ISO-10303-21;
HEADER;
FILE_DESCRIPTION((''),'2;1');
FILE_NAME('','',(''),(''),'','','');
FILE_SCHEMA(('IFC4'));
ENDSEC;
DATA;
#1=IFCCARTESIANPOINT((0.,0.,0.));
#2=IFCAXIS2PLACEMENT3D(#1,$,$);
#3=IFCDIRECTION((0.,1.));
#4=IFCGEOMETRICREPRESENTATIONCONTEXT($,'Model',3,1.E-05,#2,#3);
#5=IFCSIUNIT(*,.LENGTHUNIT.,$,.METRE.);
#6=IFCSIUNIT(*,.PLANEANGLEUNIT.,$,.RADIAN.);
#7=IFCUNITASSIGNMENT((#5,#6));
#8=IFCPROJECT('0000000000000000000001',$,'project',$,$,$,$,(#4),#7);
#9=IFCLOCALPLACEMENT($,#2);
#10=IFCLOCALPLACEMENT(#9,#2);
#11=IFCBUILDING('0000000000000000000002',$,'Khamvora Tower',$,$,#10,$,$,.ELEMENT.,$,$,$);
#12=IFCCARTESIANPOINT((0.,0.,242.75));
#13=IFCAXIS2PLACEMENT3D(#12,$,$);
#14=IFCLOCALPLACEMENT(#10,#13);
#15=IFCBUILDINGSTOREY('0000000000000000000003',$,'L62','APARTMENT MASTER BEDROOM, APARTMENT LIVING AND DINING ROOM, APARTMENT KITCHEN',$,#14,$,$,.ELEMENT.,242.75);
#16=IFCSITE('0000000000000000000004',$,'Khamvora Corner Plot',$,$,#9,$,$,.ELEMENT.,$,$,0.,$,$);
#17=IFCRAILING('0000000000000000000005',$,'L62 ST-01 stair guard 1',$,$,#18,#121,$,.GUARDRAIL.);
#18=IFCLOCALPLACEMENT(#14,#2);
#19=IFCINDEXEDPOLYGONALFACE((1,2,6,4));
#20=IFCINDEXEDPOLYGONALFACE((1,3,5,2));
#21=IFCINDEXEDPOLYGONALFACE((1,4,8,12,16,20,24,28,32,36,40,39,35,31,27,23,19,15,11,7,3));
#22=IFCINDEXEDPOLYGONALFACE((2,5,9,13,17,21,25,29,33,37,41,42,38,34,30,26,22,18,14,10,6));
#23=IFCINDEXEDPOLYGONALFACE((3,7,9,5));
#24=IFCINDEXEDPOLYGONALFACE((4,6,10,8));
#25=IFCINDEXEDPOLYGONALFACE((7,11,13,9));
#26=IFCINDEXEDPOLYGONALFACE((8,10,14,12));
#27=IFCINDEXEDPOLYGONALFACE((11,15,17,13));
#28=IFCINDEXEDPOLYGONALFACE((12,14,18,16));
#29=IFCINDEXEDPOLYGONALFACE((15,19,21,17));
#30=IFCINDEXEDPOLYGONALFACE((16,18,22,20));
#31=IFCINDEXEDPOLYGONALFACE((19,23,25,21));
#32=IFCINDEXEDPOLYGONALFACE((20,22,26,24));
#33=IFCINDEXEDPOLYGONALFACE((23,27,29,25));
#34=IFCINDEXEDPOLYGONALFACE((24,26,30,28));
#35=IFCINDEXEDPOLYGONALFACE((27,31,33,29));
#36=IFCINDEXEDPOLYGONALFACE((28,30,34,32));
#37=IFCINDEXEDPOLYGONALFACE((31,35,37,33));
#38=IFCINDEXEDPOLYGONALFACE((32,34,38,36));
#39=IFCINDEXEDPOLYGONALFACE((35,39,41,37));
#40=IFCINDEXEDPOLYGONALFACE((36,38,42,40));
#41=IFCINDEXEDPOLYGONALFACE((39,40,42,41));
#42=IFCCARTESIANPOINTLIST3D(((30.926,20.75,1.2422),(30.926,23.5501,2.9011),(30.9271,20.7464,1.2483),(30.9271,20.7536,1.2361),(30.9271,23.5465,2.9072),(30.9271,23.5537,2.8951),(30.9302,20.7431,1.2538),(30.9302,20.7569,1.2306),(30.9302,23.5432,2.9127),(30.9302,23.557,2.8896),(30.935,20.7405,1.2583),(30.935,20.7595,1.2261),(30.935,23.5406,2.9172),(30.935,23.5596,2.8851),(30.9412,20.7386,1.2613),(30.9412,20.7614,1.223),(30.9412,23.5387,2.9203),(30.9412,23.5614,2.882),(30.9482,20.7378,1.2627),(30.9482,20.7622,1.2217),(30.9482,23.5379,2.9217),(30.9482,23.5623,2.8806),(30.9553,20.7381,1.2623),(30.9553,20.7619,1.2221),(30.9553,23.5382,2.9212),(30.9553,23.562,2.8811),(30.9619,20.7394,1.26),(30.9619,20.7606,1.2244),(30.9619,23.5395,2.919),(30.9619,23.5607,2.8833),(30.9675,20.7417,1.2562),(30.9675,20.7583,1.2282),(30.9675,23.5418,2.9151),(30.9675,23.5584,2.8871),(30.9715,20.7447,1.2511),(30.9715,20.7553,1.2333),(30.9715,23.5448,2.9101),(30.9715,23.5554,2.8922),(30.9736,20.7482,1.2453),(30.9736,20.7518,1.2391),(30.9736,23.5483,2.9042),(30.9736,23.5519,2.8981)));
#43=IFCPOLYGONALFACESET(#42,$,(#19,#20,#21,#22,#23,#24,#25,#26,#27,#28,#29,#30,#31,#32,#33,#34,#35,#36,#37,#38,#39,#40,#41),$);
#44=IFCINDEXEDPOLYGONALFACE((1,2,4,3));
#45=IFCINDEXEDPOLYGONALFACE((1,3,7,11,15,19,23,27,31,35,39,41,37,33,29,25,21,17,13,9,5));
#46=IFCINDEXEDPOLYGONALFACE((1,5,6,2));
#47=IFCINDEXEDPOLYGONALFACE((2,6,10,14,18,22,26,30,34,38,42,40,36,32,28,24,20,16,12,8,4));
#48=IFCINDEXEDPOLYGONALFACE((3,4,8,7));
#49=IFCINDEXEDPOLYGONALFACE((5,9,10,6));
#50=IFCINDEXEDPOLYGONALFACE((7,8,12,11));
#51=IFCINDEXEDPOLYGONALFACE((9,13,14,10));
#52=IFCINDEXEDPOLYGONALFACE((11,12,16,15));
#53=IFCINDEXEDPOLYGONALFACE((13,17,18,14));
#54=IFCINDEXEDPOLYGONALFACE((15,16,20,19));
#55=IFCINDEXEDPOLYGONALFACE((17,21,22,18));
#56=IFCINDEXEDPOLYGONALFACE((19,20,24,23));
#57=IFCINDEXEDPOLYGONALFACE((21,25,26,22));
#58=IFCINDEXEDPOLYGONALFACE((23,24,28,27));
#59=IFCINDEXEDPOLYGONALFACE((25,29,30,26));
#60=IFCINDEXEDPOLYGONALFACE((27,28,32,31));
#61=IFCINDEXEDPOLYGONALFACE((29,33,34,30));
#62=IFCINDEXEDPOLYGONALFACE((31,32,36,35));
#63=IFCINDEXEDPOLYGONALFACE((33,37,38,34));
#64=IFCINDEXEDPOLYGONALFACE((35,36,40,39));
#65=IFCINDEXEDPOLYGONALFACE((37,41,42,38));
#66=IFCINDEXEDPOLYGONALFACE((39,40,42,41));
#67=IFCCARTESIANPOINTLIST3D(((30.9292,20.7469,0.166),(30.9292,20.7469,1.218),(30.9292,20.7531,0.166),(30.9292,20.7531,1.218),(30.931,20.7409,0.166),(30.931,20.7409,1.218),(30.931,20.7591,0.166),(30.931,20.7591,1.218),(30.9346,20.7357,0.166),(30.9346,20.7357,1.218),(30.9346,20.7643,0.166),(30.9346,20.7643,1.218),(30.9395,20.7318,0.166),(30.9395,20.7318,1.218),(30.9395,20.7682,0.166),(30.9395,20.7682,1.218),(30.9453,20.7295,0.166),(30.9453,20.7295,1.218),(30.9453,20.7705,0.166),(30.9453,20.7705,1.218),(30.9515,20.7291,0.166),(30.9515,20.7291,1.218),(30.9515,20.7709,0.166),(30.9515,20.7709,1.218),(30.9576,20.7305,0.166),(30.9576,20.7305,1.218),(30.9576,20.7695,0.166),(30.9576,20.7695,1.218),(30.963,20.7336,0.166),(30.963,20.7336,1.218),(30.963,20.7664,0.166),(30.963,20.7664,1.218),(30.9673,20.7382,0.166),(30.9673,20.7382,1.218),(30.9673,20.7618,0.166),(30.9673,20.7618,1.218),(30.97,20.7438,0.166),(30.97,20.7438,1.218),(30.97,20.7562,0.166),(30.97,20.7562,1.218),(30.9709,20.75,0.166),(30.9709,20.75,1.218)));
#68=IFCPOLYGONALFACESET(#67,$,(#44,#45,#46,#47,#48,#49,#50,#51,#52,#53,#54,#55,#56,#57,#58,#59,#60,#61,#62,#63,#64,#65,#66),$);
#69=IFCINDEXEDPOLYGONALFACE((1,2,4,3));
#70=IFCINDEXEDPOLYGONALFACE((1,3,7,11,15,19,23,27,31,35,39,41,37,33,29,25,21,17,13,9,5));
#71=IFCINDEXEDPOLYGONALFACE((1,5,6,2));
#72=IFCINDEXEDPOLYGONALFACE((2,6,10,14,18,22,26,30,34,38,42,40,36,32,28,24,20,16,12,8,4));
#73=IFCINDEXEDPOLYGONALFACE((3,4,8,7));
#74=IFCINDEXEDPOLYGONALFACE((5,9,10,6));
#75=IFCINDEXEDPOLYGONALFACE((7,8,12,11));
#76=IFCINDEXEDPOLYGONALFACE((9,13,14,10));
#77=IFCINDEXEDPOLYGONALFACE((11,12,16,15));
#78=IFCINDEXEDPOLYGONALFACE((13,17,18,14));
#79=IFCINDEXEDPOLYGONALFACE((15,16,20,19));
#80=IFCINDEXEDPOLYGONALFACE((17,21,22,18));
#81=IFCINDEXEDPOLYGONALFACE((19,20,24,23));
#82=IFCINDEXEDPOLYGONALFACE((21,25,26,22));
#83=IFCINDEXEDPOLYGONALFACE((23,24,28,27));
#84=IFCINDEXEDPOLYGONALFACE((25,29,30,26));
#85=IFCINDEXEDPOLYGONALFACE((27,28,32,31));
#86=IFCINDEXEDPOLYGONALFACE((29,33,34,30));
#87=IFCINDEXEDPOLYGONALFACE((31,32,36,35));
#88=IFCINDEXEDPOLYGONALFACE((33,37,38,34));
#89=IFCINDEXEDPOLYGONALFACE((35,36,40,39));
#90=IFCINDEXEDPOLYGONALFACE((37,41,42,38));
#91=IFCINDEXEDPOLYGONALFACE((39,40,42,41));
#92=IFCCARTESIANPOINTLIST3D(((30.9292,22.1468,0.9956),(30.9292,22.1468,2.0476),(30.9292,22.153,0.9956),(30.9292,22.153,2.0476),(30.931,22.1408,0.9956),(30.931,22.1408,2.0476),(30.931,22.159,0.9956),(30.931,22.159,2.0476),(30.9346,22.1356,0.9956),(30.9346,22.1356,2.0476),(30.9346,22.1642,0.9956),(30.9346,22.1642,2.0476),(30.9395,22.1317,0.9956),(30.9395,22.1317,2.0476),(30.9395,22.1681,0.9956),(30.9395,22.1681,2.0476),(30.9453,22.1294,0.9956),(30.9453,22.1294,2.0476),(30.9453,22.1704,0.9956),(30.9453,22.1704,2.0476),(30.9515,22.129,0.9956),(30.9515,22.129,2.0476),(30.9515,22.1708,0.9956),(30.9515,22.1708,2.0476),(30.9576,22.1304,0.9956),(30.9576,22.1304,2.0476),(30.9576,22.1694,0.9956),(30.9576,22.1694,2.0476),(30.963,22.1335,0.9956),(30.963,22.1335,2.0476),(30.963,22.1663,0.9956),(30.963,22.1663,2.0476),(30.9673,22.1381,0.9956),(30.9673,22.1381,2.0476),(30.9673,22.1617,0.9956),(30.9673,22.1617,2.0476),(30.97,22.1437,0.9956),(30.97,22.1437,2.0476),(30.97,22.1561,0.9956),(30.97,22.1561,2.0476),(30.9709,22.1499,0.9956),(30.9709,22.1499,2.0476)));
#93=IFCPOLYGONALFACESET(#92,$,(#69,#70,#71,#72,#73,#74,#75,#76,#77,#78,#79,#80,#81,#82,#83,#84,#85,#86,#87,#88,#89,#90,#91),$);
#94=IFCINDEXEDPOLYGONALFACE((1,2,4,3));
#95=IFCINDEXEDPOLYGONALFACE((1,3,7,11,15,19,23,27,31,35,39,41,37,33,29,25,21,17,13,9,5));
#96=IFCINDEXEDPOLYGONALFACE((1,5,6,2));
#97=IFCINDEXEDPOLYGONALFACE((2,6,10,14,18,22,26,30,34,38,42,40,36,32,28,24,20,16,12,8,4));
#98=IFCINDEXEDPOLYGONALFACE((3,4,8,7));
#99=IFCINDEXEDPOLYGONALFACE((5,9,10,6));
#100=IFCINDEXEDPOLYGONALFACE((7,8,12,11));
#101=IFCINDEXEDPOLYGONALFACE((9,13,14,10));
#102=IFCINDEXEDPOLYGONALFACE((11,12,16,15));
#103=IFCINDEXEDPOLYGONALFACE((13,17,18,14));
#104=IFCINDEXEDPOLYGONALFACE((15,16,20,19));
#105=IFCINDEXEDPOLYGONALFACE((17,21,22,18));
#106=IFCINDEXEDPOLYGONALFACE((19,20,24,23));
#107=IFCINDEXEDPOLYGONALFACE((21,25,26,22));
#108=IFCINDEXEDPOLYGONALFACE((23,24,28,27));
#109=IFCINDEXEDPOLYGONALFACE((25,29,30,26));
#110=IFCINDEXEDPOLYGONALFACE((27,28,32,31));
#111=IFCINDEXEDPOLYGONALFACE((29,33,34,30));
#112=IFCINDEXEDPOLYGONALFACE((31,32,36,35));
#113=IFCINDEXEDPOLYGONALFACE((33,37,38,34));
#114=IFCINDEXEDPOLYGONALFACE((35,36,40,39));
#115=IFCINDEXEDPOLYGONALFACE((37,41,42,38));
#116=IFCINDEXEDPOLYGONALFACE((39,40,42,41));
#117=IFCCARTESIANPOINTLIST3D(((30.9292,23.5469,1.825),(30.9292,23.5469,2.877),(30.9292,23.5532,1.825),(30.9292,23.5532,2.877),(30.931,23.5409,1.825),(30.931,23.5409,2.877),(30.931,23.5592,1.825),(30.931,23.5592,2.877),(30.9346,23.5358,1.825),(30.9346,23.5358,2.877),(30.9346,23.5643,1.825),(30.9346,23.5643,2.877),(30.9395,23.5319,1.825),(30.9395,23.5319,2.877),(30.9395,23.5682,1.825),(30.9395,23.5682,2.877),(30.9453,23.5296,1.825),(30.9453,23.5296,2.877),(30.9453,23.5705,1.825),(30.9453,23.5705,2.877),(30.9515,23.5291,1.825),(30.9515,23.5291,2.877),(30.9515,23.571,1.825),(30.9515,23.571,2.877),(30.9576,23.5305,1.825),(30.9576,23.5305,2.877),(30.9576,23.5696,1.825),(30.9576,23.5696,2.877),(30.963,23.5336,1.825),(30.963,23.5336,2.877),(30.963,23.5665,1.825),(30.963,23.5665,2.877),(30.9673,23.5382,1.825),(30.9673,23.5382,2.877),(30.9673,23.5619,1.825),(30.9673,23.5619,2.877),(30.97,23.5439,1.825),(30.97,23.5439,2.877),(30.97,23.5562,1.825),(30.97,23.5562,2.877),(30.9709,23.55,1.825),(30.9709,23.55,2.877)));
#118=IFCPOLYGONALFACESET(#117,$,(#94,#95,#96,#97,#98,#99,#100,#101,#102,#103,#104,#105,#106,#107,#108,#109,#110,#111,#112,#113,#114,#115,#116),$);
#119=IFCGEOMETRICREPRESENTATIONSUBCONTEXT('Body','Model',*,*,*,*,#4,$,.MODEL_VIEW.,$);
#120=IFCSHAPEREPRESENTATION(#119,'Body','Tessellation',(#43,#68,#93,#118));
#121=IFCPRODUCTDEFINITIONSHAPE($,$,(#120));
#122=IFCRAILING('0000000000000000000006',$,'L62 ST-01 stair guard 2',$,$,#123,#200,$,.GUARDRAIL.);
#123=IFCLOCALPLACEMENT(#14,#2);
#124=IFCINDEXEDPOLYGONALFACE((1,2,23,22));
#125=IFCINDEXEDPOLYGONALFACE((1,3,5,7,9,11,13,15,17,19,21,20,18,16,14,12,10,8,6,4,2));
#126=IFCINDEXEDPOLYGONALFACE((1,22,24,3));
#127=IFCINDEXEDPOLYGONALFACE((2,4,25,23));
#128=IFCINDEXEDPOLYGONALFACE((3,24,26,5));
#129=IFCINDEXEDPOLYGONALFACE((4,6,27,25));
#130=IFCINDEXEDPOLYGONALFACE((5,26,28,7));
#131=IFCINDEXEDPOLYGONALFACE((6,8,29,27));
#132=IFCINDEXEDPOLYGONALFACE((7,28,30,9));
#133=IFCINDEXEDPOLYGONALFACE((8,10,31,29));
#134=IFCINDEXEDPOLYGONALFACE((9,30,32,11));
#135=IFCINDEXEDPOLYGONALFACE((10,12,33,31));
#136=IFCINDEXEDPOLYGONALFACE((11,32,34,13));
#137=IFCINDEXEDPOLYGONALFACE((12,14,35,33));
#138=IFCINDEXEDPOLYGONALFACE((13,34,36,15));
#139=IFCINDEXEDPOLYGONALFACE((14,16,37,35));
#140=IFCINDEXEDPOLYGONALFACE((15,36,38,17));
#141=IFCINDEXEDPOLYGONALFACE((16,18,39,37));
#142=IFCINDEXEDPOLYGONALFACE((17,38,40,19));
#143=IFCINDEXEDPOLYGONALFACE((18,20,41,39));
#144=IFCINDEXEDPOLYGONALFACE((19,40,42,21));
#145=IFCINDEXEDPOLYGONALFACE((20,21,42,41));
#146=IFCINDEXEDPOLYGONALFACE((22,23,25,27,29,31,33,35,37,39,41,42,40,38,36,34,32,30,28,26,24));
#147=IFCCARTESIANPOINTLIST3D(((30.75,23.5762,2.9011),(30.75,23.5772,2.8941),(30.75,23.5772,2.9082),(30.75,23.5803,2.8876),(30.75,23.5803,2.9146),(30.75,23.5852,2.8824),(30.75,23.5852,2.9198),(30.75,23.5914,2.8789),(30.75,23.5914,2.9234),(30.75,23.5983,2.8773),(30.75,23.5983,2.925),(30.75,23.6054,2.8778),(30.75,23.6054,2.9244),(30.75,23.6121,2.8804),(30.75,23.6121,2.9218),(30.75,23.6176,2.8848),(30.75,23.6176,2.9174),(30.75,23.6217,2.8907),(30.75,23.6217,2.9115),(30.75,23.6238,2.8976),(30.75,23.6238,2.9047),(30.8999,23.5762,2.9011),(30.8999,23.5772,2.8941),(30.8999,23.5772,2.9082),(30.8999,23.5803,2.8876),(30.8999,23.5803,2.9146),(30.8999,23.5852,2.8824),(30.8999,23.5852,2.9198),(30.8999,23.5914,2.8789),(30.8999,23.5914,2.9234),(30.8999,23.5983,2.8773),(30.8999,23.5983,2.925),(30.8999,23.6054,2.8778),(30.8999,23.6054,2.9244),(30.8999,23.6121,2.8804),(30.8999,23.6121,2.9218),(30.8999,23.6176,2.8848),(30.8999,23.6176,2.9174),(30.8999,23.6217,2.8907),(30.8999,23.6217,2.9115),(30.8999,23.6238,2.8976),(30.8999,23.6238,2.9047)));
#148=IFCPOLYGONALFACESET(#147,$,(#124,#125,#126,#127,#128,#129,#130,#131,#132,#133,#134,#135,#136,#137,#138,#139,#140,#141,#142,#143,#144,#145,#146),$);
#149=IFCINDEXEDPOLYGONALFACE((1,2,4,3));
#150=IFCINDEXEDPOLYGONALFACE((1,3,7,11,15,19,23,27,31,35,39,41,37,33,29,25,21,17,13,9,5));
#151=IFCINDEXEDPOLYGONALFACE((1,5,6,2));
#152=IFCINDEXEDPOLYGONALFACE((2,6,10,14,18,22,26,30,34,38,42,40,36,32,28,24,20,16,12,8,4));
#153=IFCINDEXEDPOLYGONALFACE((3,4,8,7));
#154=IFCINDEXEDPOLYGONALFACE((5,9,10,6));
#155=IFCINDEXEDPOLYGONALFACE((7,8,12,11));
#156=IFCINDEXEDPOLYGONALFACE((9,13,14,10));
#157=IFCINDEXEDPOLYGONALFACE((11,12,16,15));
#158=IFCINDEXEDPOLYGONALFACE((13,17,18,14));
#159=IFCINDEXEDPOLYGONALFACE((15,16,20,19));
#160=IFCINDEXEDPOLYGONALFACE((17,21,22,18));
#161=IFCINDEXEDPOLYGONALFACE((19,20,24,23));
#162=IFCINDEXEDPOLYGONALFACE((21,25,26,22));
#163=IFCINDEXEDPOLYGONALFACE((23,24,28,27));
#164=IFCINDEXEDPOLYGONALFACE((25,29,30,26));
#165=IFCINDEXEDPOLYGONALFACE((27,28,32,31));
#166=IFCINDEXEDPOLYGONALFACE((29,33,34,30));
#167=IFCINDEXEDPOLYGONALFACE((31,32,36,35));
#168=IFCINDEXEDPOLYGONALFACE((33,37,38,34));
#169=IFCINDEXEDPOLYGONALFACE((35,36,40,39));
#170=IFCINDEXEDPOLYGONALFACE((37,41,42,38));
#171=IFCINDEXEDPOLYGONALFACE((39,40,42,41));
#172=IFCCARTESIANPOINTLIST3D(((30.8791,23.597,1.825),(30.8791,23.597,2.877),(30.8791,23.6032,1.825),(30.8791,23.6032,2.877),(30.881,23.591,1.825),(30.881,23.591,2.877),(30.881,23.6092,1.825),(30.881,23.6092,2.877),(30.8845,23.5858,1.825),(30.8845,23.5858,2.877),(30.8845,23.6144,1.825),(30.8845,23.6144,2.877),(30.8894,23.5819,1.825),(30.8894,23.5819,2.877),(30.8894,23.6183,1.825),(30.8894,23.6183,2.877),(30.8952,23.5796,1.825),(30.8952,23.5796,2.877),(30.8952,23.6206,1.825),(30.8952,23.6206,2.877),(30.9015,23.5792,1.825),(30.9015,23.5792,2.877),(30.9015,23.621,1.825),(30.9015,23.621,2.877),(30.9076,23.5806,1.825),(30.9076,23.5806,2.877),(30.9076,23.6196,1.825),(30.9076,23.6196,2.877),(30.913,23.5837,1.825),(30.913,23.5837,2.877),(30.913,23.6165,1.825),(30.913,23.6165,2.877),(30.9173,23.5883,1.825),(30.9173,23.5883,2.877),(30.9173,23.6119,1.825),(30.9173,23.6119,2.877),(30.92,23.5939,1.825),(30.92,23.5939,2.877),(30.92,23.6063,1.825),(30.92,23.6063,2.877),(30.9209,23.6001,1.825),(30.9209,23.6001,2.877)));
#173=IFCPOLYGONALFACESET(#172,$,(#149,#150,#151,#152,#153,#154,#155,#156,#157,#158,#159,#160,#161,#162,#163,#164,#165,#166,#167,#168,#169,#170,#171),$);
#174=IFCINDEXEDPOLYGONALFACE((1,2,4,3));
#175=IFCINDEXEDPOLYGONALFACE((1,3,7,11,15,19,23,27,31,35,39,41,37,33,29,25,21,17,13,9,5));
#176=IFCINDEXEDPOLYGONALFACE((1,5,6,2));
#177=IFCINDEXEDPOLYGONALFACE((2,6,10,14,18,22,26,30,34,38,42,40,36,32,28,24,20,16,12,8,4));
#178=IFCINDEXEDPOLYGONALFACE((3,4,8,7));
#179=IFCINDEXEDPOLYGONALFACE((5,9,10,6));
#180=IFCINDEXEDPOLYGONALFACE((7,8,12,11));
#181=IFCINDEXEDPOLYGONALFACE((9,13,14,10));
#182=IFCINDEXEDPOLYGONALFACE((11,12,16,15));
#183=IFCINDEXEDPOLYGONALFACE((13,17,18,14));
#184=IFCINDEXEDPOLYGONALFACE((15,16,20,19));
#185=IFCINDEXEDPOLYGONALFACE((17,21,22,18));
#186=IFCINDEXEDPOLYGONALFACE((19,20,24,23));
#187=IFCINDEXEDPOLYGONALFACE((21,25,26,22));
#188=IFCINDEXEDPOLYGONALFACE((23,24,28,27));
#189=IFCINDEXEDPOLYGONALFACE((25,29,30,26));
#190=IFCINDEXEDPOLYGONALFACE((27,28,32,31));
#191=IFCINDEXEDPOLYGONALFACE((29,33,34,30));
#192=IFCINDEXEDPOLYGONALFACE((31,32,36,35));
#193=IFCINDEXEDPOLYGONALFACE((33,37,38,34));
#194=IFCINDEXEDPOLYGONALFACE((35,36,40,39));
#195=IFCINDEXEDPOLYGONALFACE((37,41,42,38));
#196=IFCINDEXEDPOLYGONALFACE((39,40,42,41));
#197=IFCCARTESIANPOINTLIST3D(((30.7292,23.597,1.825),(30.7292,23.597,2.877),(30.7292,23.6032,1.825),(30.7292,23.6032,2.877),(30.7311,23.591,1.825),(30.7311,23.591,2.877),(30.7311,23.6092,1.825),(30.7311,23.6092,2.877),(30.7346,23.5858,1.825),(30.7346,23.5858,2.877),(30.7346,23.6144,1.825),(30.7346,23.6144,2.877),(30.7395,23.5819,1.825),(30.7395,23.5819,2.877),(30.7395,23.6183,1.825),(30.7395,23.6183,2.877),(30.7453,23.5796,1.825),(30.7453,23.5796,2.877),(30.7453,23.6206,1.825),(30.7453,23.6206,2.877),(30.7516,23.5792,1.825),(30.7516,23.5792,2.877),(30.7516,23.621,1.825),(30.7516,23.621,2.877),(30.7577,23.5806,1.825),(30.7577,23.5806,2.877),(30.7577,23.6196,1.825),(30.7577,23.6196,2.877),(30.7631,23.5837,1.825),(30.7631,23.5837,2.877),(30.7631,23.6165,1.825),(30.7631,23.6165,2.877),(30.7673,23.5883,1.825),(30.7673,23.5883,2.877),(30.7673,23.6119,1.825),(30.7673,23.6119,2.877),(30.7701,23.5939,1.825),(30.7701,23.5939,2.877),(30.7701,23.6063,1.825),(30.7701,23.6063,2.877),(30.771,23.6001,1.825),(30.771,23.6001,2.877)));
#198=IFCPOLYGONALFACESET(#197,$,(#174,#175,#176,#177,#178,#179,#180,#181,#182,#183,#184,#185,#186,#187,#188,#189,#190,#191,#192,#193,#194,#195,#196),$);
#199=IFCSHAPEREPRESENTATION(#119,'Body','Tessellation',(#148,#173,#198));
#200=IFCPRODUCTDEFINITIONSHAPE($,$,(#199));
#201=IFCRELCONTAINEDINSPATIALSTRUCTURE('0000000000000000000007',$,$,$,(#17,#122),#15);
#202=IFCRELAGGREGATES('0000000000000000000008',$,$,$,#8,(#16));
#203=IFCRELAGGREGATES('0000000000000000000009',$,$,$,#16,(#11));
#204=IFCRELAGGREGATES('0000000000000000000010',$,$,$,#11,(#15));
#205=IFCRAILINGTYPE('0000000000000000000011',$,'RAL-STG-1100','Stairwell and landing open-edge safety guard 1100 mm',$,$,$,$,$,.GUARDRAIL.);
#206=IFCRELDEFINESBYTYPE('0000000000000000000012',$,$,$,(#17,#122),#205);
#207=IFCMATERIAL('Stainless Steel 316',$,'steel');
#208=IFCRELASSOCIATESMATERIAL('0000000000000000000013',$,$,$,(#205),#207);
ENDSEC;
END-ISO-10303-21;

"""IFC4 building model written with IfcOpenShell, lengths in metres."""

from ifc_helpers import new_model, si_unit, direction, frame, origin, origin_2d, place, context, subcontext, project, spatial, circle, extrude, material, type_object, element, save


model = new_model("IFC4")

# Units and contexts
model_context = context("Model", 3, precision=1e-05, world=origin(), true_north=direction((0.0, 1.0)))
body_context = subcontext(model_context, "Body", "Model", "MODEL_VIEW")
ifc_project = project(units=[si_unit("LENGTHUNIT", "METRE"), si_unit("PLANEANGLEUNIT", "RADIAN")], contexts=[model_context])

# Site, building, storey
site_placement = place(None, origin())
site = spatial("IfcSite", under=ifc_project, at=site_placement, Name="Khamvora Corner Plot", CompositionType="ELEMENT", RefElevation=0.0)
building_placement = place(site_placement, origin())
building = spatial("IfcBuilding", under=site, at=building_placement, Name="Khamvora Tower", CompositionType="ELEMENT")
storey_placement = place(building_placement, frame((0.0, 0.0, 242.75)))
storey = spatial("IfcBuildingStorey", under=building, at=storey_placement, Name="L62", Description="APARTMENT MASTER BEDROOM, APARTMENT LIVING AND DINING ROOM, APARTMENT KITCHEN", CompositionType="ELEMENT", Elevation=242.75)

# Railings
ifc_material_1 = material(Name="Stainless Steel 316", Category="steel")
railing_type_1 = type_object("IfcRailingType", Name="RAL-STG-1100", Description="Stairwell and landing open-edge safety guard 1100 mm", PredefinedType="GUARDRAIL", material=ifc_material_1)
railing_1_placement = place(storey_placement, frame((30.95, 20.75, 0.166)))
element("IfcRailing", 1, at=railing_1_placement, inside=storey, type_object=railing_type_1, Name="L62 ST-01 stair guard 1", PredefinedType="GUARDRAIL", context=body_context, shape_type="SweptSolid", body=[
    extrude(circle(Radius=0.0239, at=origin_2d()), frame((0.0, 0.0, 1.0762), z_axis=(0.0, 0.860339, 0.509722), x_axis=(-1.0, 0.0, 0.0)), (0.0, 0.0, 1.0), 3.2546),
    extrude(circle(Radius=0.021, at=origin_2d()), origin(), (0.0, 0.0, 1.0), 1.052),
    extrude(circle(Radius=0.021, at=origin_2d()), frame((0.0, 1.3999, 0.8296)), (0.0, 0.0, 1.0), 1.052),
    extrude(circle(Radius=0.021, at=origin_2d()), frame((0.0, 2.8, 1.6589)), (0.0, 0.0, 1.0), 1.052),
])
railing_2_placement = place(storey_placement, frame((30.8999, 23.6001, 1.825)))
element("IfcRailing", 2, at=railing_2_placement, inside=storey, type_object=railing_type_1, Name="L62 ST-01 stair guard 2", PredefinedType="GUARDRAIL", context=body_context, shape_type="SweptSolid", body=[
    extrude(circle(Radius=0.0239, at=origin_2d()), frame((0.0, 0.0, 1.0762), z_axis=(-1.0, 0.0, 0.0), x_axis=(0.0, -1.0, 0.0)), (0.0, 0.0, 1.0), 0.1499),
    extrude(circle(Radius=0.021, at=origin_2d()), origin(), (0.0, 0.0, 1.0), 1.052),
    extrude(circle(Radius=0.021, at=origin_2d()), frame((-0.1499, 0.0, 0.0)), (0.0, 0.0, 1.0), 1.052),
])

save(model, "model.ifc")
